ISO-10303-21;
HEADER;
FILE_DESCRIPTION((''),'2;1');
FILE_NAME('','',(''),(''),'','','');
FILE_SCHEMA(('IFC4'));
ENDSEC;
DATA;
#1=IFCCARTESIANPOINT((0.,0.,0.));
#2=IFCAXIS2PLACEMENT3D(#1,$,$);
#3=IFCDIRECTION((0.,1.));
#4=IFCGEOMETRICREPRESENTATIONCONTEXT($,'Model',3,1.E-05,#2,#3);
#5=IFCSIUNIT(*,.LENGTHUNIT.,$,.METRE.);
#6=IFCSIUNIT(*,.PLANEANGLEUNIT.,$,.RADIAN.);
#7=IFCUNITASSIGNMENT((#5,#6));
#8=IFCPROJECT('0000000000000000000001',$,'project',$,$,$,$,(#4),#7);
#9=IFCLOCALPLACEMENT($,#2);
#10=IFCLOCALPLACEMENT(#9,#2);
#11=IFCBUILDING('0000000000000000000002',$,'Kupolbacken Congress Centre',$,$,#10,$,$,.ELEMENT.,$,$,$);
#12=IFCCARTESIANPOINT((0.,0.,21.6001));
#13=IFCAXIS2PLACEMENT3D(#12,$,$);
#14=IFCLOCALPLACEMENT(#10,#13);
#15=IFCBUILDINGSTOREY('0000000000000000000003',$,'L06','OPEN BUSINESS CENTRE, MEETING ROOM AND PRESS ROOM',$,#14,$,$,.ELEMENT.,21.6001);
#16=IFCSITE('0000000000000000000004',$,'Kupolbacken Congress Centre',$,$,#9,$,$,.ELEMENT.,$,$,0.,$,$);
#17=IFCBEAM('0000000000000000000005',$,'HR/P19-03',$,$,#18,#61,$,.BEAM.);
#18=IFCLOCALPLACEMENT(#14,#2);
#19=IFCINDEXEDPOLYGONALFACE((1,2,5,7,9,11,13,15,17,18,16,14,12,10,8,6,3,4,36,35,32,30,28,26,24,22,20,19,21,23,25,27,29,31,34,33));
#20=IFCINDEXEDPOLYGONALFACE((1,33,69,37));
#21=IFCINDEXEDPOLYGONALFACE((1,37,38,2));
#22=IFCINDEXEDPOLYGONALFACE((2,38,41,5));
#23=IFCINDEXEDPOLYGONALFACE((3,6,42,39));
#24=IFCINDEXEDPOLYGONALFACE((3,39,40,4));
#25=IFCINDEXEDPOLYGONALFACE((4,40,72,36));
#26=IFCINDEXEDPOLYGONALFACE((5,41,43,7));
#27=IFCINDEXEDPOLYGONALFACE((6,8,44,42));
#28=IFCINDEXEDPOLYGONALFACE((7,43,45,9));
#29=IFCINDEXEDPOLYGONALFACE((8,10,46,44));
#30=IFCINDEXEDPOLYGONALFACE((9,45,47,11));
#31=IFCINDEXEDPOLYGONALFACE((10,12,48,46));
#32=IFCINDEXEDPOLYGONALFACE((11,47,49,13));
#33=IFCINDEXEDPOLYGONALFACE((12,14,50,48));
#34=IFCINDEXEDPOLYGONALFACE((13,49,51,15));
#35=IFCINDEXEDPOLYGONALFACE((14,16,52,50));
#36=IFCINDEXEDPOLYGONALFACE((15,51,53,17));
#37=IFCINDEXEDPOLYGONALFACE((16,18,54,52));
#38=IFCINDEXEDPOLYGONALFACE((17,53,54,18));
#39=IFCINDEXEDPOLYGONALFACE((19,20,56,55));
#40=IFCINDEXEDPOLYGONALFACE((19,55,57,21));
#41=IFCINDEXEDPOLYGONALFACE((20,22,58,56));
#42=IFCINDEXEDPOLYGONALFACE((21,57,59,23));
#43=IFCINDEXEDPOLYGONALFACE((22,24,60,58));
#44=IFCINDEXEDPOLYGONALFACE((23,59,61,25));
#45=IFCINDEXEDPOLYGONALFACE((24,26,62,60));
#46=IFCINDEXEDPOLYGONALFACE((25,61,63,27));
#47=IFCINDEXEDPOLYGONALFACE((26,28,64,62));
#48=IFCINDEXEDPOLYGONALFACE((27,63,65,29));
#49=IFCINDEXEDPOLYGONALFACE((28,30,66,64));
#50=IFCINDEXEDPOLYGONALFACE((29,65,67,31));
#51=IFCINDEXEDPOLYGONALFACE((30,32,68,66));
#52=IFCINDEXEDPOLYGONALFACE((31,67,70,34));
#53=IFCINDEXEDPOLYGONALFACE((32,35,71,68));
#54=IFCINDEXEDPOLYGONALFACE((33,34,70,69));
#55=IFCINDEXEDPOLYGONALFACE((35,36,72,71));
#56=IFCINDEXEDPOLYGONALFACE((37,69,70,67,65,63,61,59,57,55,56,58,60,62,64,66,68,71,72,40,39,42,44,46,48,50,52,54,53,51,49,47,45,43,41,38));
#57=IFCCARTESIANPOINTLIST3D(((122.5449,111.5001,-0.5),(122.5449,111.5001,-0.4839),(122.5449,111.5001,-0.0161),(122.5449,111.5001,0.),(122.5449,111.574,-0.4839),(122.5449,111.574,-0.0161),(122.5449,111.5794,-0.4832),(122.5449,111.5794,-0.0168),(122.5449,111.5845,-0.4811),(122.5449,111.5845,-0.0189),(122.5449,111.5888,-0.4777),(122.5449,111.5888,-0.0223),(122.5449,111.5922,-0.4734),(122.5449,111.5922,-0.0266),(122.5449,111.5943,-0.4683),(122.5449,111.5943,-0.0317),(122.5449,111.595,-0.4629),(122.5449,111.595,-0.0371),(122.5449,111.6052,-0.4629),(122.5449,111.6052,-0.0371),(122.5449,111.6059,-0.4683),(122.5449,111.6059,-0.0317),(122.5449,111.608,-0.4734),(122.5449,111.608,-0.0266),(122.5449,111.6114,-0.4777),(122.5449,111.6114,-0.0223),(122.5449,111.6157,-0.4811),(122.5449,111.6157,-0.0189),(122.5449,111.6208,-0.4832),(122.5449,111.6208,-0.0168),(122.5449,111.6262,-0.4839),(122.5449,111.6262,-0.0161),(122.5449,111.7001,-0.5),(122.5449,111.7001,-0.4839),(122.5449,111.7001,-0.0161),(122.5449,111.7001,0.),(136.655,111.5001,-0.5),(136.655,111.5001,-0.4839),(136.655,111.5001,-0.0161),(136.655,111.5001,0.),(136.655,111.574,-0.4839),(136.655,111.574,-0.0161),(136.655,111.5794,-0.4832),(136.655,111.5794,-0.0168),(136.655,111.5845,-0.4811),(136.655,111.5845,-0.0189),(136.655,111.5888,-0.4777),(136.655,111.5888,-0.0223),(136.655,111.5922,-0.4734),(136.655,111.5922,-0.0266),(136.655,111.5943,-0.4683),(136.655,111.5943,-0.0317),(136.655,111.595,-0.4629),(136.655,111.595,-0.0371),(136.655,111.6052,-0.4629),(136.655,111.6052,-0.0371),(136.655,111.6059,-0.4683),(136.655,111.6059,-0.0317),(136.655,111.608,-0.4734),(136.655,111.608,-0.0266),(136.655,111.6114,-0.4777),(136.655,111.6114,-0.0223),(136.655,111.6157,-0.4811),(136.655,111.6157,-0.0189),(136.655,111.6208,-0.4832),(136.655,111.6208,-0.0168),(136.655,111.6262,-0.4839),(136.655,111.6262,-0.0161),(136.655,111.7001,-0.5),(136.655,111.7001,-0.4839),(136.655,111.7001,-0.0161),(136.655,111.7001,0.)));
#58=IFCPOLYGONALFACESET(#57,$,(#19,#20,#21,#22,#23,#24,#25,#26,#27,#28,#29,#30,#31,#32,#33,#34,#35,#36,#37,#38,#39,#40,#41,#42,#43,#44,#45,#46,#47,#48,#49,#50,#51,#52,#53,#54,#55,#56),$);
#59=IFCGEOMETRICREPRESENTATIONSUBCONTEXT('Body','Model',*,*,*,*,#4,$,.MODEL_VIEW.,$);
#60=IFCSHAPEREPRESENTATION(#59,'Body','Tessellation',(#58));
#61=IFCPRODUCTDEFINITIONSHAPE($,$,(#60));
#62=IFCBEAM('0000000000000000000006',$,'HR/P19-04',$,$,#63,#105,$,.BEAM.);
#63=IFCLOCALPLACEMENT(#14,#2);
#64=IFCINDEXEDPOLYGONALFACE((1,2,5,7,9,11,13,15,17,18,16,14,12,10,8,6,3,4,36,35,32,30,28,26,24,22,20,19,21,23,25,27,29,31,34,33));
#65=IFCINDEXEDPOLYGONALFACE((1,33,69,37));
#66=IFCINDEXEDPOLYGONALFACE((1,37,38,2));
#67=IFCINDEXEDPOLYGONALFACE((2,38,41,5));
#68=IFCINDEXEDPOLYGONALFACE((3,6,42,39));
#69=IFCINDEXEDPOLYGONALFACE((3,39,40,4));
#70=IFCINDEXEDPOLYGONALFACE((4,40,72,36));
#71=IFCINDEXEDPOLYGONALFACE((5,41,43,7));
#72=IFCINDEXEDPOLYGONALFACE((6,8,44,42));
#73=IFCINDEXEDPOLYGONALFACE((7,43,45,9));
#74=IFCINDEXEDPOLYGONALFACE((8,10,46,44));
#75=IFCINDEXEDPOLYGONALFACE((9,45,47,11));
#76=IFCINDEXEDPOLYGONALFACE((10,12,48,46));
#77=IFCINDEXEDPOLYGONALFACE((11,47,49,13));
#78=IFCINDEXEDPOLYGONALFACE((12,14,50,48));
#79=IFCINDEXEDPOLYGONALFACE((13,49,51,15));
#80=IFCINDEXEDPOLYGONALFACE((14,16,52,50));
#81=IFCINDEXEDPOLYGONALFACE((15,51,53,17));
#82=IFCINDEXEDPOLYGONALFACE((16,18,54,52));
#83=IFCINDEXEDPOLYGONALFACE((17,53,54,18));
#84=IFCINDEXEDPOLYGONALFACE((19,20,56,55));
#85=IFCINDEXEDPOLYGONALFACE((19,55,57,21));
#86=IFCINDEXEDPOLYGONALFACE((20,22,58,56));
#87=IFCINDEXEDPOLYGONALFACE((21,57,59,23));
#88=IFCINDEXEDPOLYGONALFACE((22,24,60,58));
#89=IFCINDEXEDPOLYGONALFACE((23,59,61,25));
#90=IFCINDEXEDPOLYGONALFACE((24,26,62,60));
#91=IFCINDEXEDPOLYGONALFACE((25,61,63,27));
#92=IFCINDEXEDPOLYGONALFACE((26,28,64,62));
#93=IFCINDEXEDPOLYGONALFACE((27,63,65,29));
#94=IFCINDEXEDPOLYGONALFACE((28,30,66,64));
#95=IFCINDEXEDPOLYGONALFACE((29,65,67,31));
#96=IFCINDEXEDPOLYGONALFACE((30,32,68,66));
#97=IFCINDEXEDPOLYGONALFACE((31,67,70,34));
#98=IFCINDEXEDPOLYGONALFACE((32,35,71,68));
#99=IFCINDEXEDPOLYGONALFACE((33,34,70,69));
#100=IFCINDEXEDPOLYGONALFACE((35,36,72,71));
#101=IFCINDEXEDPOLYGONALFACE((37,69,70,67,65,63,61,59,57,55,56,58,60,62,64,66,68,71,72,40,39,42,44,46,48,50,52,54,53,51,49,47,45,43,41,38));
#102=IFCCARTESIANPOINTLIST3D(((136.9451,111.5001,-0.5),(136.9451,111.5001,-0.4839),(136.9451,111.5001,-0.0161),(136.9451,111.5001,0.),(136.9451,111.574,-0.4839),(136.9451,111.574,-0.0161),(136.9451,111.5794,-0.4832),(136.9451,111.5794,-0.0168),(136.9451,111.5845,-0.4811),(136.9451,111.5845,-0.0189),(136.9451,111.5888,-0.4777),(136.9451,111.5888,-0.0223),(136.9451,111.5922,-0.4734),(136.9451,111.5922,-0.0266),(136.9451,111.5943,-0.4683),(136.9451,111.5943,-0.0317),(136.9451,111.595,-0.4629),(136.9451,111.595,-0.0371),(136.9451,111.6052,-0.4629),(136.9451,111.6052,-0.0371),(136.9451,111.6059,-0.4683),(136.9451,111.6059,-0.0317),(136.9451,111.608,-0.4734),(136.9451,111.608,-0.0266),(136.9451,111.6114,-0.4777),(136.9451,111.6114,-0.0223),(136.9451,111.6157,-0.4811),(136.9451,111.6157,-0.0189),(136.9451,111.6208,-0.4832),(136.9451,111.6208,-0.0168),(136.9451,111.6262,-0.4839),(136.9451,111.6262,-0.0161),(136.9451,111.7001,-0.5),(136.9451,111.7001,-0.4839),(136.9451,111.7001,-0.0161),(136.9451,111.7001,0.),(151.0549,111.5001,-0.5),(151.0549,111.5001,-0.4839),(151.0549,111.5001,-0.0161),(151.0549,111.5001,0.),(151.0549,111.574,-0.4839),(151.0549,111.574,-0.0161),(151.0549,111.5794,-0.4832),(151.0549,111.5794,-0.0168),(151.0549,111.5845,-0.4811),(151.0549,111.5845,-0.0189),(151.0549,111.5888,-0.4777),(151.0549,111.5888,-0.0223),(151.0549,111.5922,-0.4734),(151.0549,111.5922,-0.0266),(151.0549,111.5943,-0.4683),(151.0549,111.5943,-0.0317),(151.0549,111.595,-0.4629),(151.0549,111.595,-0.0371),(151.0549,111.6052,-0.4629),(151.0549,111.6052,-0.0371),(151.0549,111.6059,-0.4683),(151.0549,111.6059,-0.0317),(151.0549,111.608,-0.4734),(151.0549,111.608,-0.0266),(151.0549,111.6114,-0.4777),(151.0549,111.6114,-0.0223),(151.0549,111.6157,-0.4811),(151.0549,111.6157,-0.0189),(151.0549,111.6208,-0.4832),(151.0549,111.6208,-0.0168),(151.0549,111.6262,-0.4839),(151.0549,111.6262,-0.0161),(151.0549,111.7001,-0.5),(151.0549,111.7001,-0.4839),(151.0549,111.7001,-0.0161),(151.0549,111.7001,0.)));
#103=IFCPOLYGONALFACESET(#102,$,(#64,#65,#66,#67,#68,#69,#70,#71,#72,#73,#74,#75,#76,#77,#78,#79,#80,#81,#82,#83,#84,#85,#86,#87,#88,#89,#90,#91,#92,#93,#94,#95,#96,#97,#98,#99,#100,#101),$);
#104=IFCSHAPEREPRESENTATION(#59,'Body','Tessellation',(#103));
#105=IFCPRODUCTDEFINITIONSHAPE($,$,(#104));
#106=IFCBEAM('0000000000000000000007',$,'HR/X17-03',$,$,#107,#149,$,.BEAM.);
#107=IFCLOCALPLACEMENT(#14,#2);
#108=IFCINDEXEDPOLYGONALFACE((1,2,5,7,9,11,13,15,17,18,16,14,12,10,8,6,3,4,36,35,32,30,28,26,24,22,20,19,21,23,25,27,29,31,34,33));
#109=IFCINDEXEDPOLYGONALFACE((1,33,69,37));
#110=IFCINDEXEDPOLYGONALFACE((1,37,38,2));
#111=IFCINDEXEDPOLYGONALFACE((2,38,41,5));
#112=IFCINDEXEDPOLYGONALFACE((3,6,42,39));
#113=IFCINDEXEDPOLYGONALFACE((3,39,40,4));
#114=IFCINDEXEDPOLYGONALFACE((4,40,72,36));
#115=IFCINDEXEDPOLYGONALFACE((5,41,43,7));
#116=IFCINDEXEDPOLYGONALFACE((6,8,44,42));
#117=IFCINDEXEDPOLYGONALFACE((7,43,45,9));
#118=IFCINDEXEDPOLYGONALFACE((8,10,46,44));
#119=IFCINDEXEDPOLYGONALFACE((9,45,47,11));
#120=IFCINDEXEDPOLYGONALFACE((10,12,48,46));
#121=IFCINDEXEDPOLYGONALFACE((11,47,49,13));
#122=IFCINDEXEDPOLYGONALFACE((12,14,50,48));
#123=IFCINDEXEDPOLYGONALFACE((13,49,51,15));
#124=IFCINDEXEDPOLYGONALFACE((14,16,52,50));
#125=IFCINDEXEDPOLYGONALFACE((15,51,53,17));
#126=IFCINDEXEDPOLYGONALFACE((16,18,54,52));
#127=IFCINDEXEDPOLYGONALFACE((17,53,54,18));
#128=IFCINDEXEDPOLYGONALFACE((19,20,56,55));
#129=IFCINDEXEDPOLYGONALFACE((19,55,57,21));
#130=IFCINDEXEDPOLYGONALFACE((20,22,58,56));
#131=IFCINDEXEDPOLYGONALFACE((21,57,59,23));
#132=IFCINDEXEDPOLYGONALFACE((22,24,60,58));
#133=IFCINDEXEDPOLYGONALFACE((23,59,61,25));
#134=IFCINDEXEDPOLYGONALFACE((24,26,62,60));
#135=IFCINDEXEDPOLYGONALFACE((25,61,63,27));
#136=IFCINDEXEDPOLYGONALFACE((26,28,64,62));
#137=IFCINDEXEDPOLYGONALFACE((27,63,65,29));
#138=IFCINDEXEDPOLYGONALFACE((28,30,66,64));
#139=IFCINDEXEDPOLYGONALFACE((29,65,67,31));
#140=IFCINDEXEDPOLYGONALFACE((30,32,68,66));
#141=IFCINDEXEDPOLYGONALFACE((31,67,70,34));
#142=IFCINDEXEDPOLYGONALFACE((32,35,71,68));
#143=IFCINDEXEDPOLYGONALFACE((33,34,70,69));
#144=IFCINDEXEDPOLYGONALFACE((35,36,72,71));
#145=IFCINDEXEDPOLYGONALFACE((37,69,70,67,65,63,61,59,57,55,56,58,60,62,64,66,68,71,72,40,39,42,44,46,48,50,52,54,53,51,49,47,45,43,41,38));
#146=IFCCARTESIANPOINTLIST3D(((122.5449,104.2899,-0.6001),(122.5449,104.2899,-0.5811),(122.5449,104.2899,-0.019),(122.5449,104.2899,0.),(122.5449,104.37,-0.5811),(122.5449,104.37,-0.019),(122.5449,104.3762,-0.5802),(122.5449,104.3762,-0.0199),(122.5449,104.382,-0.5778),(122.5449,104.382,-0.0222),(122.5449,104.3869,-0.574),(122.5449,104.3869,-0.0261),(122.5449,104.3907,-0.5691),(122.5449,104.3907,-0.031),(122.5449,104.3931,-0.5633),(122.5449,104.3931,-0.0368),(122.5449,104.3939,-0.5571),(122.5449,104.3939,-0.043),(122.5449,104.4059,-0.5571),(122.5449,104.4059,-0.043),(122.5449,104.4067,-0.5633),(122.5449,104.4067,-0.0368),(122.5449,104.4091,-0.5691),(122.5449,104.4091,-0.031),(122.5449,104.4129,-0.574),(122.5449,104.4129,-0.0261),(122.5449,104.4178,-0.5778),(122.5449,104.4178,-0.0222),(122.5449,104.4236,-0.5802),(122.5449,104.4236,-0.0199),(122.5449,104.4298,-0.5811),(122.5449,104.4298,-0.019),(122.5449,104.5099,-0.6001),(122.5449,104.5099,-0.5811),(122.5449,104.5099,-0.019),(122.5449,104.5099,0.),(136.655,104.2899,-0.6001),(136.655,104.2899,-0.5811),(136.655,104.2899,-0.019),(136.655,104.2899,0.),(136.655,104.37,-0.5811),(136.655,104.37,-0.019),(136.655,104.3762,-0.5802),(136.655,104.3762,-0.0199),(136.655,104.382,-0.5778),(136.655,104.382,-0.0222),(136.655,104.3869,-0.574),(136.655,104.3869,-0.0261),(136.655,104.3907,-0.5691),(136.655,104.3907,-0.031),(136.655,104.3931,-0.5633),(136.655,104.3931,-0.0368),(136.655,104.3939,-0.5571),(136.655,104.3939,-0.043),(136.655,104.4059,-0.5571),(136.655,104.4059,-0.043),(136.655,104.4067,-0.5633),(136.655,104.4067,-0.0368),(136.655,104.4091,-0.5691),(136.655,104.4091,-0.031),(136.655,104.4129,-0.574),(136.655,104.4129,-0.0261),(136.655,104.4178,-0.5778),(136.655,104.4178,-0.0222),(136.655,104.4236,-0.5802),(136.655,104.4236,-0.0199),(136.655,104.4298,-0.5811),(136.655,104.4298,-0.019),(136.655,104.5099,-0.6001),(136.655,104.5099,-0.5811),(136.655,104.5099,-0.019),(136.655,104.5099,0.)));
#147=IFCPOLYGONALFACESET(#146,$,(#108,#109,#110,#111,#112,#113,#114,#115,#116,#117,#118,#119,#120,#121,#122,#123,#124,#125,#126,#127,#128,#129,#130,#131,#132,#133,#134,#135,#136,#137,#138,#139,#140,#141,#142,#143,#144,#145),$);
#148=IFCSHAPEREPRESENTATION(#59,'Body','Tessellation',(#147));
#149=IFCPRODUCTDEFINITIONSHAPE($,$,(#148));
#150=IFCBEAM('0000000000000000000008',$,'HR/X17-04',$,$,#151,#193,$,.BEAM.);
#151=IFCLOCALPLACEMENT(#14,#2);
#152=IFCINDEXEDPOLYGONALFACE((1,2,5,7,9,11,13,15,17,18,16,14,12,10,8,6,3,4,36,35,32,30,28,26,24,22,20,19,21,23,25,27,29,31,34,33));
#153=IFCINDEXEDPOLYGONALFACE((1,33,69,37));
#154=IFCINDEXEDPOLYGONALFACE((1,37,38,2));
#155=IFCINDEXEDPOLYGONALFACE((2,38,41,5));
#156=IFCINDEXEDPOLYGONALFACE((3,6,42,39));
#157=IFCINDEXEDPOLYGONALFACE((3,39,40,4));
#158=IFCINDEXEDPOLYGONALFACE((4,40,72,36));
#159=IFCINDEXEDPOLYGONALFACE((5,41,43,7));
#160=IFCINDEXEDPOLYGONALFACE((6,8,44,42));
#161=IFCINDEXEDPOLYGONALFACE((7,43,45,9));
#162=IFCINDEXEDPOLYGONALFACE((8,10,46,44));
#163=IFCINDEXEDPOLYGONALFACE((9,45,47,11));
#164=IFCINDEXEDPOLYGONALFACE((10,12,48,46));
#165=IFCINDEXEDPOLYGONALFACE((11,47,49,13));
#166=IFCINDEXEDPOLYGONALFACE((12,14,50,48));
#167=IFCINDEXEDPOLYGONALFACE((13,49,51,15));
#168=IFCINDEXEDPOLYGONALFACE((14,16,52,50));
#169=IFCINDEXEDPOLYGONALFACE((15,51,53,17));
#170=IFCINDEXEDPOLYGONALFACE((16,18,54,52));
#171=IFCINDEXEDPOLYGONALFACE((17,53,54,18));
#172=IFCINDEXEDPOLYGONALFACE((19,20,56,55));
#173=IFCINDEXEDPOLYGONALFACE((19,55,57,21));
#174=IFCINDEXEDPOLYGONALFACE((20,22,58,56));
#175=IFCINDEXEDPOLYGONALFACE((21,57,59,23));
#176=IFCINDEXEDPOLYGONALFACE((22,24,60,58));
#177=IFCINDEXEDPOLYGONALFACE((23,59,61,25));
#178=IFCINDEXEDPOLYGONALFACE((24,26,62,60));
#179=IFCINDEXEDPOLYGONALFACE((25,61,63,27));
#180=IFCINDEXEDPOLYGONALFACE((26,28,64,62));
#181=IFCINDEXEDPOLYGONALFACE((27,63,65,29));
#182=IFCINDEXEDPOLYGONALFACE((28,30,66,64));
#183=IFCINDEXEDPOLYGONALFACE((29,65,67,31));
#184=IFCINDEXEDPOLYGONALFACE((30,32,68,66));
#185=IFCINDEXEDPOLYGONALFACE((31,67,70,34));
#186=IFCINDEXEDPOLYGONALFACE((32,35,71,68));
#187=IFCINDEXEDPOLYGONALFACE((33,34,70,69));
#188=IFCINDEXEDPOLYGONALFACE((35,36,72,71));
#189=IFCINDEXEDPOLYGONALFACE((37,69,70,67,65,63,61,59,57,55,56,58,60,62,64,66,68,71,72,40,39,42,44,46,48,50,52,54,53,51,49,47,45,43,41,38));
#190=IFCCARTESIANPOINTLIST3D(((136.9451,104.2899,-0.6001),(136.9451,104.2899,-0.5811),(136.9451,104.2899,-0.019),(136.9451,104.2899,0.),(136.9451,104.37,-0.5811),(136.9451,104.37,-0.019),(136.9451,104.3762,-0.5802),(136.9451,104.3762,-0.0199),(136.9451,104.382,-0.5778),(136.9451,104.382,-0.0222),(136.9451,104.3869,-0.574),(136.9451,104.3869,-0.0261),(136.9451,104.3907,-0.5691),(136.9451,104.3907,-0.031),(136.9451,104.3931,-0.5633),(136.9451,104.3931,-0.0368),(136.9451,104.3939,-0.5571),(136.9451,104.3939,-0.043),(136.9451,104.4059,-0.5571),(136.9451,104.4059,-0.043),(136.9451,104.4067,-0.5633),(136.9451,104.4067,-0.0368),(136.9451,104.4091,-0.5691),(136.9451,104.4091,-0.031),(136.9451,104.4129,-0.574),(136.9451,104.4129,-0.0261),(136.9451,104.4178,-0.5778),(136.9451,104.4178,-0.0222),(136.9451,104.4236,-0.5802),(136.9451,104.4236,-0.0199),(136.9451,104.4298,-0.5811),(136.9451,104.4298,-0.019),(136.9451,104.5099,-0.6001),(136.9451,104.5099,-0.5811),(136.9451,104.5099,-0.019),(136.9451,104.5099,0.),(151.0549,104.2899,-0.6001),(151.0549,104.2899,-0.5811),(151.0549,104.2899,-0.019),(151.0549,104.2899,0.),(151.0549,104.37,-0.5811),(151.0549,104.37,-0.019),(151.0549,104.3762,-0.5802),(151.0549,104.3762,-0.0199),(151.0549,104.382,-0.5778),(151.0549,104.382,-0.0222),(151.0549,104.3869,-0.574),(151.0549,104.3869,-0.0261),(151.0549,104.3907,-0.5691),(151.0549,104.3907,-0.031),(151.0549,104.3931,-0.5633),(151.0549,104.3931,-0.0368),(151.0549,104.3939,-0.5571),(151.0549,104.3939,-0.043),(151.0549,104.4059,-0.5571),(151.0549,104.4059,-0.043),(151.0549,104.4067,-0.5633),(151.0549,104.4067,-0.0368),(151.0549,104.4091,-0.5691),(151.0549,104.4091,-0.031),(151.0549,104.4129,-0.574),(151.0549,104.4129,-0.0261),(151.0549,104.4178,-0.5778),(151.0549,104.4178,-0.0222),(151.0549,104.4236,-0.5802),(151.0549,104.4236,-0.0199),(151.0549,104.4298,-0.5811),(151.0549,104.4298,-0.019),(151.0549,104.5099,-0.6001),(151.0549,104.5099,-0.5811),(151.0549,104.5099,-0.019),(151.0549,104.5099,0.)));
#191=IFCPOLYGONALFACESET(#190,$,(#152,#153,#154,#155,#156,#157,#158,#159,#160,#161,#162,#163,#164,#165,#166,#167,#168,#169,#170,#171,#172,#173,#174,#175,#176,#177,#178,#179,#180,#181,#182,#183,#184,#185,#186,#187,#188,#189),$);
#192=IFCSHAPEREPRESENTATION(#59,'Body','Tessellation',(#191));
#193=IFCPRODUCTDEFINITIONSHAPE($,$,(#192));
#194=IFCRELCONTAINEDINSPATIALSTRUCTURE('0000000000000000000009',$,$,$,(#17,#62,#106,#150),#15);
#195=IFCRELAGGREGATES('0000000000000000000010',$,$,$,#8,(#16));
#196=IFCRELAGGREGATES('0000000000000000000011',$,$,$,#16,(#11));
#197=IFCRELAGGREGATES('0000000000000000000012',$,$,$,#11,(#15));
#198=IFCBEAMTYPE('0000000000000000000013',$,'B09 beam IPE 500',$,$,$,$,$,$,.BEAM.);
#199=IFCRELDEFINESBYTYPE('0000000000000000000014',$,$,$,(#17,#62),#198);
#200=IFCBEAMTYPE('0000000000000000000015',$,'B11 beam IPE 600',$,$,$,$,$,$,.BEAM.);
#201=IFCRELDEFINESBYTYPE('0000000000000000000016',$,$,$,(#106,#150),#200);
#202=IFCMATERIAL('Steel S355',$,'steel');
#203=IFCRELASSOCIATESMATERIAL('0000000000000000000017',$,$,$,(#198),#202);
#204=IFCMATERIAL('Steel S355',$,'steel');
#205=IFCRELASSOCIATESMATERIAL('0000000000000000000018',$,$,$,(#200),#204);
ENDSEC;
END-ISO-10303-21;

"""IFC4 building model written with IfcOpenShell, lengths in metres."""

from ifc_helpers import new_model, si_unit, direction, frame, origin, origin_2d, place, context, subcontext, project, spatial, i_section, extrude, material, material_profile, profile_set, type_object, element, save


model = new_model("IFC4")

# Units and contexts
model_context = context("Model", 3, precision=1e-05, world=origin(), true_north=direction((0.0, 1.0)))
body_context = subcontext(model_context, "Body", "Model", "MODEL_VIEW")
ifc_project = project(units=[si_unit("LENGTHUNIT", "METRE"), si_unit("PLANEANGLEUNIT", "RADIAN")], contexts=[model_context])

# Site, building, storey
site_placement = place(None, origin())
site = spatial("IfcSite", under=ifc_project, at=site_placement, Name="Kupolbacken Congress Centre", CompositionType="ELEMENT", RefElevation=0.0)
building_placement = place(site_placement, origin())
building = spatial("IfcBuilding", under=site, at=building_placement, Name="Kupolbacken Congress Centre", CompositionType="ELEMENT")
storey_placement = place(building_placement, frame((0.0, 0.0, 21.6001)))
storey = spatial("IfcBuildingStorey", under=building, at=storey_placement, Name="L06", Description="OPEN BUSINESS CENTRE, MEETING ROOM AND PRESS ROOM", CompositionType="ELEMENT", Elevation=21.6001)

# Beams
ifc_material_1 = material(Name="Steel S355", Category="steel")
ifc_material_profile_1 = material_profile(ifc_material_1, i_section(OverallWidth=0.2, OverallDepth=0.5, WebThickness=0.0103, FlangeThickness=0.0161, FilletRadius=0.021, at=origin_2d()), Name="IPE 500")
ifc_profile_set_1 = profile_set([ifc_material_profile_1], Name="Steel S355")
beam_type_1 = type_object("IfcBeamType", Name="B09 beam IPE 500", PredefinedType="BEAM", material=ifc_profile_set_1)
beam_1_placement = place(storey_placement, frame((122.5449, 111.6001, -0.25), z_axis=(1.0, 0.0, 0.0), x_axis=(0.0, 1.0, 0.0)))
element("IfcBeam", 1, at=beam_1_placement, inside=storey, type_object=beam_type_1, Name="HR/P19-03", PredefinedType="BEAM", context=body_context, shape_type="SweptSolid", body=[
    extrude(i_section(OverallWidth=0.2, OverallDepth=0.5, WebThickness=0.0103, FlangeThickness=0.0161, FilletRadius=0.021, at=origin_2d()), origin(), (0.0, 0.0, 1.0), 14.1101),
])
beam_2_placement = place(storey_placement, frame((136.9451, 111.6001, -0.25), z_axis=(1.0, 0.0, 0.0), x_axis=(0.0, 1.0, 0.0)))
element("IfcBeam", 2, at=beam_2_placement, inside=storey, type_object=beam_type_1, Name="HR/P19-04", PredefinedType="BEAM", context=body_context, shape_type="SweptSolid", body=[
    extrude(i_section(OverallWidth=0.2, OverallDepth=0.5, WebThickness=0.0103, FlangeThickness=0.0161, FilletRadius=0.021, at=origin_2d()), origin(), (0.0, 0.0, 1.0), 14.1099),
])
ifc_material_2 = material(Name="Steel S355", Category="steel")
ifc_material_profile_2 = material_profile(ifc_material_2, i_section(OverallWidth=0.22, OverallDepth=0.6001, WebThickness=0.012, FlangeThickness=0.019, FilletRadius=0.0239, at=origin_2d()), Name="IPE 600")
ifc_profile_set_2 = profile_set([ifc_material_profile_2], Name="Steel S355")
beam_type_2 = type_object("IfcBeamType", Name="B11 beam IPE 600", PredefinedType="BEAM", material=ifc_profile_set_2)
beam_3_placement = place(storey_placement, frame((122.5449, 104.3999, -0.3), z_axis=(1.0, 0.0, 0.0), x_axis=(0.0, 1.0, 0.0)))
element("IfcBeam", 3, at=beam_3_placement, inside=storey, type_object=beam_type_2, Name="HR/X17-03", PredefinedType="BEAM", context=body_context, shape_type="SweptSolid", body=[
    extrude(i_section(OverallWidth=0.22, OverallDepth=0.6001, WebThickness=0.012, FlangeThickness=0.019, FilletRadius=0.0239, at=origin_2d()), origin(), (0.0, 0.0, 1.0), 14.1101),
])
beam_4_placement = place(storey_placement, frame((136.9451, 104.3999, -0.3), z_axis=(1.0, 0.0, 0.0), x_axis=(0.0, 1.0, 0.0)))
element("IfcBeam", 4, at=beam_4_placement, inside=storey, type_object=beam_type_2, Name="HR/X17-04", PredefinedType="BEAM", context=body_context, shape_type="SweptSolid", body=[
    extrude(i_section(OverallWidth=0.22, OverallDepth=0.6001, WebThickness=0.012, FlangeThickness=0.019, FilletRadius=0.0239, at=origin_2d()), origin(), (0.0, 0.0, 1.0), 14.1099),
])

save(model, "model.ifc")
